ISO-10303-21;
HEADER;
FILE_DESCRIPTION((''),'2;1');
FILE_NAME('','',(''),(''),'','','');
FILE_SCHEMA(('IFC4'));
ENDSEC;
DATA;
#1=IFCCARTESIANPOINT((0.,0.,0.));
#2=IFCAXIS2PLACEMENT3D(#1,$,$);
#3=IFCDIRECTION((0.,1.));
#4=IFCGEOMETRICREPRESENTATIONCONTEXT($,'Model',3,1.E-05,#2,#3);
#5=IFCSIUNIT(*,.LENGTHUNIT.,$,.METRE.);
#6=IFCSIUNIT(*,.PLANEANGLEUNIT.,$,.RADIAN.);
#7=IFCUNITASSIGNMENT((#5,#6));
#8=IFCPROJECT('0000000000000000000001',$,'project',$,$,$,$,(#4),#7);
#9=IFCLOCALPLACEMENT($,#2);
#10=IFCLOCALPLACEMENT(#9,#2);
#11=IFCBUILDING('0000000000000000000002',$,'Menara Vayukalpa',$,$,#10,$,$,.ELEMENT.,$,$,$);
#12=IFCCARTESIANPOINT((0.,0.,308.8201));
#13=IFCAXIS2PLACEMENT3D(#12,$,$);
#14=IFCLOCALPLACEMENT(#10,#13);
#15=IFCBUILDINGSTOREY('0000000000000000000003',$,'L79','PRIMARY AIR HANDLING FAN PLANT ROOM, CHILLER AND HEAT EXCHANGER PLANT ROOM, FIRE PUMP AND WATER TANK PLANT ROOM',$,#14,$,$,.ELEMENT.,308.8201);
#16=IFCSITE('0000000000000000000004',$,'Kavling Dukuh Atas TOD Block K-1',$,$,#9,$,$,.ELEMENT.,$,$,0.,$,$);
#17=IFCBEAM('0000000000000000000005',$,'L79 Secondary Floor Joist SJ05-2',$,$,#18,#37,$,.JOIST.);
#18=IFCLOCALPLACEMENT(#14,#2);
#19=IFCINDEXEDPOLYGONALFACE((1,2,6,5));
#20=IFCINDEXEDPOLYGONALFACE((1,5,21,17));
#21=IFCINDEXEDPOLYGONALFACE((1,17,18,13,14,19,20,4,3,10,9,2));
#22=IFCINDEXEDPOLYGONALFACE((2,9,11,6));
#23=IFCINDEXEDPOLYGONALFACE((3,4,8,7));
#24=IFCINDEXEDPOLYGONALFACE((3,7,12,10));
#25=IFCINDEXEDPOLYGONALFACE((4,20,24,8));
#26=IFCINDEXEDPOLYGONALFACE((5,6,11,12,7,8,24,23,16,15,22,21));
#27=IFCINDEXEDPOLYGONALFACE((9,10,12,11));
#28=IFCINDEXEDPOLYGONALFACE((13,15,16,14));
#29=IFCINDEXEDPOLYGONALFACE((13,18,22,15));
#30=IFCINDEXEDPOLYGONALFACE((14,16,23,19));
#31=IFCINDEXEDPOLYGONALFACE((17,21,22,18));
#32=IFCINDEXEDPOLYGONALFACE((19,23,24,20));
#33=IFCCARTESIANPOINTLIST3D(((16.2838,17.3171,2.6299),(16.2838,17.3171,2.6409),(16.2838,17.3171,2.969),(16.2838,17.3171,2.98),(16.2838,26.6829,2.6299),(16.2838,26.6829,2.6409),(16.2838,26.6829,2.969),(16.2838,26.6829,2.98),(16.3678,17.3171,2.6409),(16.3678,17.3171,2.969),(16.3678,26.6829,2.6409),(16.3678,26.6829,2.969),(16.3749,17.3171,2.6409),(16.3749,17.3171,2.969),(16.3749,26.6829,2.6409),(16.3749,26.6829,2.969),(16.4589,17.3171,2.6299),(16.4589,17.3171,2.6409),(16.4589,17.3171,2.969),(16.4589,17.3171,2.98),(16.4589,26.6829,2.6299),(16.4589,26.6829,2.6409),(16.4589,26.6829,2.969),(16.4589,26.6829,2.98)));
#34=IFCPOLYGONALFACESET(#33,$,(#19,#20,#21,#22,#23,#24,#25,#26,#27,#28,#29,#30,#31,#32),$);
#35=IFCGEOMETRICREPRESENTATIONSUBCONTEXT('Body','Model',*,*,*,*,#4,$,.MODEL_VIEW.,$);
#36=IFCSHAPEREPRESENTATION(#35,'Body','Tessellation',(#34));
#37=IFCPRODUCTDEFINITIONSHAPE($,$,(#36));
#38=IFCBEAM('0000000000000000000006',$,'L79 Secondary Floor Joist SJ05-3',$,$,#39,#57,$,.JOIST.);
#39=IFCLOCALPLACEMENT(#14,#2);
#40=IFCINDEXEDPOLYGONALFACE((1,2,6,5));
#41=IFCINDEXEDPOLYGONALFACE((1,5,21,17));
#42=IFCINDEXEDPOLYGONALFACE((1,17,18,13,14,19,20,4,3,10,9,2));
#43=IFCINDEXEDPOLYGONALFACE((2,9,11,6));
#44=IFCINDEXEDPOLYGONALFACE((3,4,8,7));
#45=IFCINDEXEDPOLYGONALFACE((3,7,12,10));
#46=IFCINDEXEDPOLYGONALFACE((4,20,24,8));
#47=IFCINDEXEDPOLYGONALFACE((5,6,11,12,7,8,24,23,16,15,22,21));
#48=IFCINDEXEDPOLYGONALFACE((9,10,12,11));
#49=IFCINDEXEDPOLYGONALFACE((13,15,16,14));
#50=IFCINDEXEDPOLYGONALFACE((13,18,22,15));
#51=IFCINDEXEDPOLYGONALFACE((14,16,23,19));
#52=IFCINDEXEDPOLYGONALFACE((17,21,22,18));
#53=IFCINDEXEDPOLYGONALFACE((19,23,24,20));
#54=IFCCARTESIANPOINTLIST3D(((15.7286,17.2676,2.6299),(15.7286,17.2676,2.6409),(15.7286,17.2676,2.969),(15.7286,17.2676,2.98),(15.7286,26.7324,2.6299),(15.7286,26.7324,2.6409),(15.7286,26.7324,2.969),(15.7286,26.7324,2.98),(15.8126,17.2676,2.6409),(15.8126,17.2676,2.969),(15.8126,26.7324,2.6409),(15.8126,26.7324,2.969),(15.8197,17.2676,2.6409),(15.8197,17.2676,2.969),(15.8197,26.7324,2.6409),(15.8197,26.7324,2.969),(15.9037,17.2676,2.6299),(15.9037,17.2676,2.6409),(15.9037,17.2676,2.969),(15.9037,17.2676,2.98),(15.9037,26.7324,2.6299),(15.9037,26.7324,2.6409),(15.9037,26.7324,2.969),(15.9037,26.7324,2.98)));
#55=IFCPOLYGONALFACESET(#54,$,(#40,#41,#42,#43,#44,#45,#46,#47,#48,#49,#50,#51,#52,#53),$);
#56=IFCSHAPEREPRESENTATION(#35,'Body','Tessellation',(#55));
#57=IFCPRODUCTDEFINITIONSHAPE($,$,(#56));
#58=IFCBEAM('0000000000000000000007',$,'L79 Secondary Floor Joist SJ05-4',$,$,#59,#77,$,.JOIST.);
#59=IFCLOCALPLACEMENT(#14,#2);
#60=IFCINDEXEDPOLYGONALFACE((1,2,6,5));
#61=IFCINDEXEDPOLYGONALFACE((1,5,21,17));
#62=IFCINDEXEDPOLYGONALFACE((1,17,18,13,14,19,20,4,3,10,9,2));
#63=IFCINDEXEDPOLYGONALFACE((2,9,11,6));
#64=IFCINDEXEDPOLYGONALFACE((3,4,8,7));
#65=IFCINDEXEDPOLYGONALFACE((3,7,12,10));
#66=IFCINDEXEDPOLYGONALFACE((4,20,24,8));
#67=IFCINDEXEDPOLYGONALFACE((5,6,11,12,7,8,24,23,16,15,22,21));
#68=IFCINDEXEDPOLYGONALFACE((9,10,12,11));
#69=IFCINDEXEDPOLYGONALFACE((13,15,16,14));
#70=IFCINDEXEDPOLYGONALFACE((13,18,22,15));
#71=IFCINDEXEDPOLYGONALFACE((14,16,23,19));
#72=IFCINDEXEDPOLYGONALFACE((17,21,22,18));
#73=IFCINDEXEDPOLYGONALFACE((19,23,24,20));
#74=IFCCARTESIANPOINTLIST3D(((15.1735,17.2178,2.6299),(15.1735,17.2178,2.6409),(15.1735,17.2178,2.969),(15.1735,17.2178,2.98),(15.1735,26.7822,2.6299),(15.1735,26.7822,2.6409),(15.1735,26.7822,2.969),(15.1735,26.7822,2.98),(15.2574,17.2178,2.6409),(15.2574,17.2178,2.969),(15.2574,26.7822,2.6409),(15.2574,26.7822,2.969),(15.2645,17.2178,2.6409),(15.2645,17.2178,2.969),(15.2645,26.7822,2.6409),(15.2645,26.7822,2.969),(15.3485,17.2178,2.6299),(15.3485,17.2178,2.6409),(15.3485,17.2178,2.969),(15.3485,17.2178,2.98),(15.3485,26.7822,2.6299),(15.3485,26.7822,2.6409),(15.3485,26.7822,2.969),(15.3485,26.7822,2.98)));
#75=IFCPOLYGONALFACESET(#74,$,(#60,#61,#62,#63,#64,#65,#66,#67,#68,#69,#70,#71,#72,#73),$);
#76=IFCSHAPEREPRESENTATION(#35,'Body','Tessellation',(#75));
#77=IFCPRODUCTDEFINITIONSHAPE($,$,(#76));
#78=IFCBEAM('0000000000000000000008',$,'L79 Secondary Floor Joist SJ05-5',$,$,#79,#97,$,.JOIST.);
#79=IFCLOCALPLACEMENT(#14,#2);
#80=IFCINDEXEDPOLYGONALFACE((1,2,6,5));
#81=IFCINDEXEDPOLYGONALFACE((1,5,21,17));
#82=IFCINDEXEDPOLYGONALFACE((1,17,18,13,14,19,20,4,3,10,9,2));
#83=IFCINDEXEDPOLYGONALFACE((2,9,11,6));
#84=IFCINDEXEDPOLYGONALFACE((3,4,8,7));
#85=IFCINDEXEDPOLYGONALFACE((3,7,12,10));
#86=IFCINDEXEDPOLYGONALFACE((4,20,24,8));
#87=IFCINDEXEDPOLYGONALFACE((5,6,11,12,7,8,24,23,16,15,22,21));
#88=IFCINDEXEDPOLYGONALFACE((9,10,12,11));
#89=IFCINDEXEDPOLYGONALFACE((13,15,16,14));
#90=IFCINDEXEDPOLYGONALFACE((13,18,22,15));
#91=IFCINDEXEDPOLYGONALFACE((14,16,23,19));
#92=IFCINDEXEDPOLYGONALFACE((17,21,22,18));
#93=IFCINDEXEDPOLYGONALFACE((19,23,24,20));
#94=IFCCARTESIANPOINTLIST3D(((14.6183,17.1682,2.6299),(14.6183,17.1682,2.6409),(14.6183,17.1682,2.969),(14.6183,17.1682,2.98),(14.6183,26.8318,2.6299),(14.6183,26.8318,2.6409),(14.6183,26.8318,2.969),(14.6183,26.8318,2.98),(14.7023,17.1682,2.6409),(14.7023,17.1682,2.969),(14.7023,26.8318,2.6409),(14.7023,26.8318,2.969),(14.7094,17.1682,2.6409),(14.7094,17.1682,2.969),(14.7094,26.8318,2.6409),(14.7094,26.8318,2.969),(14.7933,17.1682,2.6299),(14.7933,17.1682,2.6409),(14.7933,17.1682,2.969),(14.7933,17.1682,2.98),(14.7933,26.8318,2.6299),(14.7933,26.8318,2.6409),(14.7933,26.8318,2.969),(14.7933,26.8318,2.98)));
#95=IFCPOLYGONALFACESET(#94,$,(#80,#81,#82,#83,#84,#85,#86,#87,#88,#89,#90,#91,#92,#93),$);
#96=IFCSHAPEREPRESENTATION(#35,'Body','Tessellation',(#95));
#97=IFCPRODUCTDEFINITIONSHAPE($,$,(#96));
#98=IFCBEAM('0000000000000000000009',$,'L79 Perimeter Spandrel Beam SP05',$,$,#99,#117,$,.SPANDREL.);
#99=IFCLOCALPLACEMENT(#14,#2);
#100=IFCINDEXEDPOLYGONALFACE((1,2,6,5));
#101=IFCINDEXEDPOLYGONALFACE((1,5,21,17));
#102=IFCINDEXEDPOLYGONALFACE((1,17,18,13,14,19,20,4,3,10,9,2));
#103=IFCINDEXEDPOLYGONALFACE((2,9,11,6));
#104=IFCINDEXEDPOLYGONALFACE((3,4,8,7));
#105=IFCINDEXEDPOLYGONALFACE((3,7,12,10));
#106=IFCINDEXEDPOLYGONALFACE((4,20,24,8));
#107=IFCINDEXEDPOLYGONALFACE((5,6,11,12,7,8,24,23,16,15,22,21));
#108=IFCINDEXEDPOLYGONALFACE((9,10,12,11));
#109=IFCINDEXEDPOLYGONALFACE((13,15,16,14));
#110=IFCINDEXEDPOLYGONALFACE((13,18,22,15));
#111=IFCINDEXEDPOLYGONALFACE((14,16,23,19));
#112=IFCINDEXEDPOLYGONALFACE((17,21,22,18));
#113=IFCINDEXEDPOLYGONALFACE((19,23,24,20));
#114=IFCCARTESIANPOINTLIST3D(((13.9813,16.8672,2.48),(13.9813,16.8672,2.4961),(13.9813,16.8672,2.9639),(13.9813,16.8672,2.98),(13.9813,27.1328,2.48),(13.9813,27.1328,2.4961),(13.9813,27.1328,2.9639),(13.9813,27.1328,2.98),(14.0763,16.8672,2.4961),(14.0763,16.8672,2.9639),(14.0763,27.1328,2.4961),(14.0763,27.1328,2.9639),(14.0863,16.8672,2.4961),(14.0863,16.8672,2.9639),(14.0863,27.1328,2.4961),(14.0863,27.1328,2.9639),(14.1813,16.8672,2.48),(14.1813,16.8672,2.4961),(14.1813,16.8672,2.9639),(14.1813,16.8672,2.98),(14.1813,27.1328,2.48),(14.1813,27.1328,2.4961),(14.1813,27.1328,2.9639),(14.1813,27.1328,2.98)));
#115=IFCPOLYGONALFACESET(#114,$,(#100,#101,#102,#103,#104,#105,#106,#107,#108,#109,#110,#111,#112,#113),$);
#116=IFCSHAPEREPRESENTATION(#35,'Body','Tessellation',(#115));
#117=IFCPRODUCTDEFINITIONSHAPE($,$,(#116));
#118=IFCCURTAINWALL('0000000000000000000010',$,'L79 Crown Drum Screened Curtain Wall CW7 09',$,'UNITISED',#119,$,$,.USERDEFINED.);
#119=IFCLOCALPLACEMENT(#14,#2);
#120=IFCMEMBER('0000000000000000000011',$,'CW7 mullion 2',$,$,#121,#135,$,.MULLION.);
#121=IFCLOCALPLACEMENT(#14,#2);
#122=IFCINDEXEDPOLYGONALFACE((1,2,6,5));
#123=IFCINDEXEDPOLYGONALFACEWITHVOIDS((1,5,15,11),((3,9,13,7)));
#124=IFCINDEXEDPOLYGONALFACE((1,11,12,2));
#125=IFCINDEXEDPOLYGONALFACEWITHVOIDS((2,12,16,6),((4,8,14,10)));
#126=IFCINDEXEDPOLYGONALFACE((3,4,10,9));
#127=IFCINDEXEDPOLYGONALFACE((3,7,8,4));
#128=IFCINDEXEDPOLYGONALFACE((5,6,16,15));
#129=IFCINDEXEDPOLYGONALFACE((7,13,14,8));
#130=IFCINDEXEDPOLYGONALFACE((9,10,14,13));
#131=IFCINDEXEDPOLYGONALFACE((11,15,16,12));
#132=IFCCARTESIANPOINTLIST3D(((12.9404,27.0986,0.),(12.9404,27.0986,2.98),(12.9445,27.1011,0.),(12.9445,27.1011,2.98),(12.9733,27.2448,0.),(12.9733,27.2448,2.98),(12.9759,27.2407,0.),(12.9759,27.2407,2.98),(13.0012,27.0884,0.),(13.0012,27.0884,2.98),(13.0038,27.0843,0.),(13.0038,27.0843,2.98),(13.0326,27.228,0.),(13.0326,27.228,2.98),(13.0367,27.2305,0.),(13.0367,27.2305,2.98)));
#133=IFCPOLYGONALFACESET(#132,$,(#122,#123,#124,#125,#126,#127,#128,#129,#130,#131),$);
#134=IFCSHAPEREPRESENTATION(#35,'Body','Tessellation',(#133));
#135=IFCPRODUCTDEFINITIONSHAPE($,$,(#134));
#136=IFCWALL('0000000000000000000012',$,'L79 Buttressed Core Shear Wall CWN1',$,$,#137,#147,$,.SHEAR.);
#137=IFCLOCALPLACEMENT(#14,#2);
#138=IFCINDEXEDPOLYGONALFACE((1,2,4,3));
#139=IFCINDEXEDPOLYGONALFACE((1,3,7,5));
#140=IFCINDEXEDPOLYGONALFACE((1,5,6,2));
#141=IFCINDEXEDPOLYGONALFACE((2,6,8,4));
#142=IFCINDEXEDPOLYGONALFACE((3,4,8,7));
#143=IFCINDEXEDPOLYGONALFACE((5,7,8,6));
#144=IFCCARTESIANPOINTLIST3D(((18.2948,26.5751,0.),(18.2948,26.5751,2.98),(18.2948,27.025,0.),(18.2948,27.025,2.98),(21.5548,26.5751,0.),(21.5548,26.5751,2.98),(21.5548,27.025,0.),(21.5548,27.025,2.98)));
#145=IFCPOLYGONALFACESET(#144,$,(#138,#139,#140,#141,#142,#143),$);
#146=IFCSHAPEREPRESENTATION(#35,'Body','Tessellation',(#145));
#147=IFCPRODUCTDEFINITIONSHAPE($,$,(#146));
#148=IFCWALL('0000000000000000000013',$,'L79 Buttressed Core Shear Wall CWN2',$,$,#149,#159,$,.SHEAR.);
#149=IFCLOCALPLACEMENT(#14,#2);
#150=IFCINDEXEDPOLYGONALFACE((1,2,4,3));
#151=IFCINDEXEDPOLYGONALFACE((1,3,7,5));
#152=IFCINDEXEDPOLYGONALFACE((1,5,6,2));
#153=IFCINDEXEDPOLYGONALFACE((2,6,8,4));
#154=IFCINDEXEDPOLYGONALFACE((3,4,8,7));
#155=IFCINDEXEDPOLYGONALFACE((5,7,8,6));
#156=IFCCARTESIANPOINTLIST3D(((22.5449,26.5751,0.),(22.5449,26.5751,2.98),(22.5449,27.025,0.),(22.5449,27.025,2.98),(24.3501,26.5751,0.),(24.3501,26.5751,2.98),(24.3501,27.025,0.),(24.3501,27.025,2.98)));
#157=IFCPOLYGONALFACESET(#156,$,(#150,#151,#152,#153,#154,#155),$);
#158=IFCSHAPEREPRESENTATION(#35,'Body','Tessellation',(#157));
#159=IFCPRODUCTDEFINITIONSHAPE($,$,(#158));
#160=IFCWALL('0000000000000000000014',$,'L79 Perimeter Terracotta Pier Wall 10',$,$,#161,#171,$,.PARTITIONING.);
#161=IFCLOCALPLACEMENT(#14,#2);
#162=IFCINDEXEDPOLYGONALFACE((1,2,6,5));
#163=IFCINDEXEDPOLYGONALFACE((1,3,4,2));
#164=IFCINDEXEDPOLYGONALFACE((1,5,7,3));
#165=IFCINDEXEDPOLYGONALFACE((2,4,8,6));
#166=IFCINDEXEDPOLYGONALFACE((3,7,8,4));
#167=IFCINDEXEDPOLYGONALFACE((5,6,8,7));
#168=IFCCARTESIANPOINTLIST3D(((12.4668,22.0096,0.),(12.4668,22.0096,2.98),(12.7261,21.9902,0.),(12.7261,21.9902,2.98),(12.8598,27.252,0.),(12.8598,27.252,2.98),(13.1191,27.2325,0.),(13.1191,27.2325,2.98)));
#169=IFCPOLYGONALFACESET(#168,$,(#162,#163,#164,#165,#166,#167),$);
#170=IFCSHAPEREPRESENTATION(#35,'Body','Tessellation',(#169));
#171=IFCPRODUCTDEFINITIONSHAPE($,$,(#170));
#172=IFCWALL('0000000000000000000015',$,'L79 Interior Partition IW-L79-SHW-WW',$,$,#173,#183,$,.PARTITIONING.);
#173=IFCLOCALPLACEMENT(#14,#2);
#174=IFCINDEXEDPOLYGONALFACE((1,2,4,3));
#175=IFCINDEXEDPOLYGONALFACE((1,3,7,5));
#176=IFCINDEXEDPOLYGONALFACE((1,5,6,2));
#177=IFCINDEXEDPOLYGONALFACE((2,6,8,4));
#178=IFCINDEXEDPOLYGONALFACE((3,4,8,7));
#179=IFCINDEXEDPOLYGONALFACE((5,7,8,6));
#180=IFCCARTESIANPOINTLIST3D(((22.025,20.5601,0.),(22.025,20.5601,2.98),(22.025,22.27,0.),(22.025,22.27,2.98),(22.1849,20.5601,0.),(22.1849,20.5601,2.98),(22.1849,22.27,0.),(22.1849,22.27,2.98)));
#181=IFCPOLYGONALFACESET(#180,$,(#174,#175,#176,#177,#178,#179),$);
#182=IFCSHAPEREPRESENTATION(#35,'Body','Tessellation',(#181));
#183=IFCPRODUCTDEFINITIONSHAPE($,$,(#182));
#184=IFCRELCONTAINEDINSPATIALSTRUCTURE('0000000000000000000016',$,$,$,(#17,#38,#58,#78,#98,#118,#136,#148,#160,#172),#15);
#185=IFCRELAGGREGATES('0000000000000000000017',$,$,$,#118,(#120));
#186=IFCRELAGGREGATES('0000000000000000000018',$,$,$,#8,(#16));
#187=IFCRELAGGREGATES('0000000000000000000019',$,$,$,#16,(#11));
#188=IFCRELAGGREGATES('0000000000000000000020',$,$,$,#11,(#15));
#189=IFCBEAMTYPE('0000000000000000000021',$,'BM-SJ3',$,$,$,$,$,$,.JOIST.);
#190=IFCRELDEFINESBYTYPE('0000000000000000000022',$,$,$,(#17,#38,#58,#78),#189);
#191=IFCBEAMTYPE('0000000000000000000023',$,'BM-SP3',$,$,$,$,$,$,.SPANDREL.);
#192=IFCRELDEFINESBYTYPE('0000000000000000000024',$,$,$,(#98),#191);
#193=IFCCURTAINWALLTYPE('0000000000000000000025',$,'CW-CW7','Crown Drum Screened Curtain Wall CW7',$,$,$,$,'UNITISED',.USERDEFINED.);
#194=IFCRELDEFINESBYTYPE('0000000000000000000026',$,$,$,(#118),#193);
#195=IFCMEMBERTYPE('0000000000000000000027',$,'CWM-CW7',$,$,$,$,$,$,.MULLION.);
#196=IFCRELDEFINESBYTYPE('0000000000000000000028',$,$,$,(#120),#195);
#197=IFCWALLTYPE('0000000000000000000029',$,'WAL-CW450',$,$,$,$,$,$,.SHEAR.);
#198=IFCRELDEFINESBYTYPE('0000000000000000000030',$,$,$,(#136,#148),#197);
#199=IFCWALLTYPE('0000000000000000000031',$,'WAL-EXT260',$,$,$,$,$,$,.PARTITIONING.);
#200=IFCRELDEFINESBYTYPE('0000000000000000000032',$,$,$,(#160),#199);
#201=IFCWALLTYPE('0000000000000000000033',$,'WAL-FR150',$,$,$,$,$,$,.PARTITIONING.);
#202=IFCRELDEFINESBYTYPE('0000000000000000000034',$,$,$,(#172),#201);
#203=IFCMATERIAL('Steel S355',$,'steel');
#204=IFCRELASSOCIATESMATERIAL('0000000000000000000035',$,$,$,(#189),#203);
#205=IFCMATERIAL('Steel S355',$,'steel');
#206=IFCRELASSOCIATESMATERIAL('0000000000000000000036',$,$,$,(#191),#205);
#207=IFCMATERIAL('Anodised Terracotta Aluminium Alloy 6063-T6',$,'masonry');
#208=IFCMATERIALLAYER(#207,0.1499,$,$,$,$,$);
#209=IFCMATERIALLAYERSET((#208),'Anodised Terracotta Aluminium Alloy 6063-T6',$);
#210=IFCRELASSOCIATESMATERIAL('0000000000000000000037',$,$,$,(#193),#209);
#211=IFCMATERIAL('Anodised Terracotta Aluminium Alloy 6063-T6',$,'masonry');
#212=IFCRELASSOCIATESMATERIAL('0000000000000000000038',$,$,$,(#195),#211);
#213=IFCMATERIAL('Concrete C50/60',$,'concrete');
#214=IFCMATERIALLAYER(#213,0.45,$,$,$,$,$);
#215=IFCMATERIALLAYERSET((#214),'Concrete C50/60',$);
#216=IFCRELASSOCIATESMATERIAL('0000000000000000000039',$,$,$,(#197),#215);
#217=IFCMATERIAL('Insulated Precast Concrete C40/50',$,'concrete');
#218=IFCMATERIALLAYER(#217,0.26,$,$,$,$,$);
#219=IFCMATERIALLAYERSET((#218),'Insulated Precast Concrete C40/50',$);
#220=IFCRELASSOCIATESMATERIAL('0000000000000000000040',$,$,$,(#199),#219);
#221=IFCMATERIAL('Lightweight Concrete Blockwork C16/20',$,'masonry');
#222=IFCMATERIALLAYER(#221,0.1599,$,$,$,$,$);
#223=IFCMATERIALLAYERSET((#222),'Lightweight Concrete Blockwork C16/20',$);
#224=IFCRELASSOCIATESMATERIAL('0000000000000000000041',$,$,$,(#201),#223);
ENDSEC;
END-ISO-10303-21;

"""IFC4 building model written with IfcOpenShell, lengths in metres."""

from ifc_helpers import new_model, si_unit, direction, frame, frame_2d, origin, origin_2d, place, context, subcontext, project, spatial, rectangle, hollow_rectangle, i_section, extrude, material, layer, layer_set, material_profile, profile_set, type_object, element, aggregate, save


model = new_model("IFC4")

# Units and contexts
model_context = context("Model", 3, precision=1e-05, world=origin(), true_north=direction((0.0, 1.0)))
body_context = subcontext(model_context, "Body", "Model", "MODEL_VIEW")
ifc_project = project(units=[si_unit("LENGTHUNIT", "METRE"), si_unit("PLANEANGLEUNIT", "RADIAN")], contexts=[model_context])

# Site, building, storey
site_placement = place(None, origin())
site = spatial("IfcSite", under=ifc_project, at=site_placement, Name="Kavling Dukuh Atas TOD Block K-1", CompositionType="ELEMENT", RefElevation=0.0)
building_placement = place(site_placement, origin())
building = spatial("IfcBuilding", under=site, at=building_placement, Name="Menara Vayukalpa", CompositionType="ELEMENT")
storey_placement = place(building_placement, frame((0.0, 0.0, 308.8201)))
storey = spatial("IfcBuildingStorey", under=building, at=storey_placement, Name="L79", Description="PRIMARY AIR HANDLING FAN PLANT ROOM, CHILLER AND HEAT EXCHANGER PLANT ROOM, FIRE PUMP AND WATER TANK PLANT ROOM", CompositionType="ELEMENT", Elevation=308.8201)

# Beams
ifc_material_1 = material(Name="Steel S355", Category="steel")
ifc_material_profile_1 = material_profile(ifc_material_1, i_section(OverallWidth=0.175, OverallDepth=0.3501, WebThickness=0.0071, FlangeThickness=0.011, at=origin_2d()), Name="WF 350x175x7x11")
ifc_profile_set_1 = profile_set([ifc_material_profile_1], Name="Steel S355")
beam_type_1 = type_object("IfcBeamType", Name="BM-SJ3", PredefinedType="JOIST", material=ifc_profile_set_1)
beam_1_placement = place(storey_placement, frame((16.3713, 26.6829, 2.8049), z_axis=(0.0, -1.0, 0.0), x_axis=(1.0, 0.0, 0.0)))
element("IfcBeam", 1, at=beam_1_placement, inside=storey, type_object=beam_type_1, Name="L79 Secondary Floor Joist SJ05-2", PredefinedType="JOIST", context=body_context, shape_type="SweptSolid", body=[
    extrude(i_section(OverallWidth=0.175, OverallDepth=0.3501, WebThickness=0.0071, FlangeThickness=0.011, at=origin_2d()), origin(), (0.0, 0.0, 1.0), 9.3657),
])
beam_2_placement = place(storey_placement, frame((15.8162, 26.7324, 2.8049), z_axis=(0.0, -1.0, 0.0), x_axis=(1.0, 0.0, 0.0)))
element("IfcBeam", 2, at=beam_2_placement, inside=storey, type_object=beam_type_1, Name="L79 Secondary Floor Joist SJ05-3", PredefinedType="JOIST", context=body_context, shape_type="SweptSolid", body=[
    extrude(i_section(OverallWidth=0.175, OverallDepth=0.3501, WebThickness=0.0071, FlangeThickness=0.011, at=origin_2d()), origin(), (0.0, 0.0, 1.0), 9.4648),
])
beam_3_placement = place(storey_placement, frame((15.261, 26.7822, 2.8049), z_axis=(0.0, -1.0, 0.0), x_axis=(1.0, 0.0, 0.0)))
element("IfcBeam", 3, at=beam_3_placement, inside=storey, type_object=beam_type_1, Name="L79 Secondary Floor Joist SJ05-4", PredefinedType="JOIST", context=body_context, shape_type="SweptSolid", body=[
    extrude(i_section(OverallWidth=0.175, OverallDepth=0.3501, WebThickness=0.0071, FlangeThickness=0.011, at=origin_2d()), origin(), (0.0, 0.0, 1.0), 9.5645),
])
beam_4_placement = place(storey_placement, frame((14.7058, 26.8318, 2.8049), z_axis=(0.0, -1.0, 0.0), x_axis=(1.0, 0.0, 0.0)))
element("IfcBeam", 4, at=beam_4_placement, inside=storey, type_object=beam_type_1, Name="L79 Secondary Floor Joist SJ05-5", PredefinedType="JOIST", context=body_context, shape_type="SweptSolid", body=[
    extrude(i_section(OverallWidth=0.175, OverallDepth=0.3501, WebThickness=0.0071, FlangeThickness=0.011, at=origin_2d()), origin(), (0.0, 0.0, 1.0), 9.6636),
])
ifc_material_2 = material(Name="Steel S355", Category="steel")
ifc_material_profile_2 = material_profile(ifc_material_2, i_section(OverallWidth=0.2, OverallDepth=0.5, WebThickness=0.01, FlangeThickness=0.0161, at=origin_2d()), Name="WF 500x200x10x16")
ifc_profile_set_2 = profile_set([ifc_material_profile_2], Name="Steel S355")
beam_type_2 = type_object("IfcBeamType", Name="BM-SP3", PredefinedType="SPANDREL", material=ifc_profile_set_2)
beam_5_placement = place(storey_placement, frame((14.0813, 27.1328, 2.73), z_axis=(0.0, -1.0, 0.0), x_axis=(1.0, 0.0, 0.0)))
element("IfcBeam", 5, at=beam_5_placement, inside=storey, type_object=beam_type_2, Name="L79 Perimeter Spandrel Beam SP05", PredefinedType="SPANDREL", context=body_context, shape_type="SweptSolid", body=[
    extrude(i_section(OverallWidth=0.2, OverallDepth=0.5, WebThickness=0.01, FlangeThickness=0.0161, at=origin_2d()), origin(), (0.0, 0.0, 1.0), 10.2656),
])

# Curtain wall, member
ifc_material_3 = material(Name="Anodised Terracotta Aluminium Alloy 6063-T6", Category="masonry")
ifc_layer_1 = layer(ifc_material_3, 0.1499)
ifc_layer_set_1 = layer_set([ifc_layer_1], Name="Anodised Terracotta Aluminium Alloy 6063-T6")
curtain_wall_type = type_object("IfcCurtainWallType", Name="CW-CW7", Description="Crown Drum Screened Curtain Wall CW7", ElementType="UNITISED", PredefinedType="USERDEFINED", material=ifc_layer_set_1)
curtain_wall_placement = place(storey_placement, origin())
curtain_wall = element("IfcCurtainWall", 6, at=curtain_wall_placement, inside=storey, type_object=curtain_wall_type, Name="L79 Crown Drum Screened Curtain Wall CW7 09", ObjectType="UNITISED", PredefinedType="USERDEFINED")
ifc_material_4 = material(Name="Anodised Terracotta Aluminium Alloy 6063-T6", Category="masonry")
ifc_material_profile_3 = material_profile(ifc_material_4, hollow_rectangle(XDim=0.0649, YDim=0.1499, WallThickness=0.0034, at=origin_2d()), Name="ALU 65x150x3.5")
ifc_profile_set_3 = profile_set([ifc_material_profile_3], Name="Anodised Terracotta Aluminium Alloy 6063-T6")
member_type = type_object("IfcMemberType", Name="CWM-CW7", PredefinedType="MULLION", material=ifc_profile_set_3)
member_placement = place(storey_placement, frame((12.9885, 27.1646, 0.0), z_axis=(0.0, 0.0, 1.0), x_axis=(0.975609, -0.219516, 0.0)))
member = element("IfcMember", 7, at=member_placement, type_object=member_type, Name="CW7 mullion 2", PredefinedType="MULLION", context=body_context, shape_type="SweptSolid", body=[
    extrude(hollow_rectangle(XDim=0.0649, YDim=0.1499, WallThickness=0.0034, at=origin_2d()), origin(), (0.0, 0.0, 1.0), 2.98),
])
aggregate(curtain_wall, [member])

# Walls
ifc_material_5 = material(Name="Concrete C50/60", Category="concrete")
ifc_layer_2 = layer(ifc_material_5, 0.45)
ifc_layer_set_2 = layer_set([ifc_layer_2], Name="Concrete C50/60")
wall_type_1 = type_object("IfcWallType", Name="WAL-CW450", PredefinedType="SHEAR", material=ifc_layer_set_2)
wall_1_placement = place(storey_placement, frame((18.2949, 26.8, 0.0), z_axis=(0.0, 0.0, 1.0), x_axis=(1.0, 0.0, 0.0)))
element("IfcWall", 8, at=wall_1_placement, inside=storey, type_object=wall_type_1, Name="L79 Buttressed Core Shear Wall CWN1", PredefinedType="SHEAR", context=body_context, shape_type="SweptSolid", body=[
    extrude(rectangle(XDim=3.26, YDim=0.45, at=frame_2d((1.6299, 0.0))), origin(), (0.0, 0.0, 1.0), 2.98),
])
wall_2_placement = place(storey_placement, frame((22.5449, 26.8, 0.0), z_axis=(0.0, 0.0, 1.0), x_axis=(1.0, 0.0, 0.0)))
element("IfcWall", 9, at=wall_2_placement, inside=storey, type_object=wall_type_1, Name="L79 Buttressed Core Shear Wall CWN2", PredefinedType="SHEAR", context=body_context, shape_type="SweptSolid", body=[
    extrude(rectangle(XDim=1.8052, YDim=0.45, at=frame_2d((0.9026, 0.0))), origin(), (0.0, 0.0, 1.0), 2.98),
])
ifc_material_6 = material(Name="Insulated Precast Concrete C40/50", Category="concrete")
ifc_layer_3 = layer(ifc_material_6, 0.26)
ifc_layer_set_3 = layer_set([ifc_layer_3], Name="Insulated Precast Concrete C40/50")
wall_type_2 = type_object("IfcWallType", Name="WAL-EXT260", PredefinedType="PARTITIONING", material=ifc_layer_set_3)
wall_3_placement = place(storey_placement, frame((12.5964, 22.0, 0.0), z_axis=(0.0, 0.0, 1.0), x_axis=(0.074768, 0.997201, 0.0)))
element("IfcWall", 10, at=wall_3_placement, inside=storey, type_object=wall_type_2, Name="L79 Perimeter Terracotta Pier Wall 10", PredefinedType="PARTITIONING", context=body_context, shape_type="SweptSolid", body=[
    extrude(rectangle(XDim=5.2571, YDim=0.26, at=frame_2d((2.6284, 0.0))), origin(), (0.0, 0.0, 1.0), 2.98),
])
ifc_material_7 = material(Name="Lightweight Concrete Blockwork C16/20", Category="masonry")
ifc_layer_4 = layer(ifc_material_7, 0.1599)
ifc_layer_set_4 = layer_set([ifc_layer_4], Name="Lightweight Concrete Blockwork C16/20")
wall_type_3 = type_object("IfcWallType", Name="WAL-FR150", PredefinedType="PARTITIONING", material=ifc_layer_set_4)
wall_4_placement = place(storey_placement, frame((22.105, 20.5601, 0.0), z_axis=(0.0, 0.0, 1.0), x_axis=(0.0, 1.0, 0.0)))
element("IfcWall", 11, at=wall_4_placement, inside=storey, type_object=wall_type_3, Name="L79 Interior Partition IW-L79-SHW-WW", PredefinedType="PARTITIONING", context=body_context, shape_type="SweptSolid", body=[
    extrude(rectangle(XDim=1.71, YDim=0.1599, at=frame_2d((0.855, 0.0))), origin(), (0.0, 0.0, 1.0), 2.98),
])

save(model, "model.ifc")
